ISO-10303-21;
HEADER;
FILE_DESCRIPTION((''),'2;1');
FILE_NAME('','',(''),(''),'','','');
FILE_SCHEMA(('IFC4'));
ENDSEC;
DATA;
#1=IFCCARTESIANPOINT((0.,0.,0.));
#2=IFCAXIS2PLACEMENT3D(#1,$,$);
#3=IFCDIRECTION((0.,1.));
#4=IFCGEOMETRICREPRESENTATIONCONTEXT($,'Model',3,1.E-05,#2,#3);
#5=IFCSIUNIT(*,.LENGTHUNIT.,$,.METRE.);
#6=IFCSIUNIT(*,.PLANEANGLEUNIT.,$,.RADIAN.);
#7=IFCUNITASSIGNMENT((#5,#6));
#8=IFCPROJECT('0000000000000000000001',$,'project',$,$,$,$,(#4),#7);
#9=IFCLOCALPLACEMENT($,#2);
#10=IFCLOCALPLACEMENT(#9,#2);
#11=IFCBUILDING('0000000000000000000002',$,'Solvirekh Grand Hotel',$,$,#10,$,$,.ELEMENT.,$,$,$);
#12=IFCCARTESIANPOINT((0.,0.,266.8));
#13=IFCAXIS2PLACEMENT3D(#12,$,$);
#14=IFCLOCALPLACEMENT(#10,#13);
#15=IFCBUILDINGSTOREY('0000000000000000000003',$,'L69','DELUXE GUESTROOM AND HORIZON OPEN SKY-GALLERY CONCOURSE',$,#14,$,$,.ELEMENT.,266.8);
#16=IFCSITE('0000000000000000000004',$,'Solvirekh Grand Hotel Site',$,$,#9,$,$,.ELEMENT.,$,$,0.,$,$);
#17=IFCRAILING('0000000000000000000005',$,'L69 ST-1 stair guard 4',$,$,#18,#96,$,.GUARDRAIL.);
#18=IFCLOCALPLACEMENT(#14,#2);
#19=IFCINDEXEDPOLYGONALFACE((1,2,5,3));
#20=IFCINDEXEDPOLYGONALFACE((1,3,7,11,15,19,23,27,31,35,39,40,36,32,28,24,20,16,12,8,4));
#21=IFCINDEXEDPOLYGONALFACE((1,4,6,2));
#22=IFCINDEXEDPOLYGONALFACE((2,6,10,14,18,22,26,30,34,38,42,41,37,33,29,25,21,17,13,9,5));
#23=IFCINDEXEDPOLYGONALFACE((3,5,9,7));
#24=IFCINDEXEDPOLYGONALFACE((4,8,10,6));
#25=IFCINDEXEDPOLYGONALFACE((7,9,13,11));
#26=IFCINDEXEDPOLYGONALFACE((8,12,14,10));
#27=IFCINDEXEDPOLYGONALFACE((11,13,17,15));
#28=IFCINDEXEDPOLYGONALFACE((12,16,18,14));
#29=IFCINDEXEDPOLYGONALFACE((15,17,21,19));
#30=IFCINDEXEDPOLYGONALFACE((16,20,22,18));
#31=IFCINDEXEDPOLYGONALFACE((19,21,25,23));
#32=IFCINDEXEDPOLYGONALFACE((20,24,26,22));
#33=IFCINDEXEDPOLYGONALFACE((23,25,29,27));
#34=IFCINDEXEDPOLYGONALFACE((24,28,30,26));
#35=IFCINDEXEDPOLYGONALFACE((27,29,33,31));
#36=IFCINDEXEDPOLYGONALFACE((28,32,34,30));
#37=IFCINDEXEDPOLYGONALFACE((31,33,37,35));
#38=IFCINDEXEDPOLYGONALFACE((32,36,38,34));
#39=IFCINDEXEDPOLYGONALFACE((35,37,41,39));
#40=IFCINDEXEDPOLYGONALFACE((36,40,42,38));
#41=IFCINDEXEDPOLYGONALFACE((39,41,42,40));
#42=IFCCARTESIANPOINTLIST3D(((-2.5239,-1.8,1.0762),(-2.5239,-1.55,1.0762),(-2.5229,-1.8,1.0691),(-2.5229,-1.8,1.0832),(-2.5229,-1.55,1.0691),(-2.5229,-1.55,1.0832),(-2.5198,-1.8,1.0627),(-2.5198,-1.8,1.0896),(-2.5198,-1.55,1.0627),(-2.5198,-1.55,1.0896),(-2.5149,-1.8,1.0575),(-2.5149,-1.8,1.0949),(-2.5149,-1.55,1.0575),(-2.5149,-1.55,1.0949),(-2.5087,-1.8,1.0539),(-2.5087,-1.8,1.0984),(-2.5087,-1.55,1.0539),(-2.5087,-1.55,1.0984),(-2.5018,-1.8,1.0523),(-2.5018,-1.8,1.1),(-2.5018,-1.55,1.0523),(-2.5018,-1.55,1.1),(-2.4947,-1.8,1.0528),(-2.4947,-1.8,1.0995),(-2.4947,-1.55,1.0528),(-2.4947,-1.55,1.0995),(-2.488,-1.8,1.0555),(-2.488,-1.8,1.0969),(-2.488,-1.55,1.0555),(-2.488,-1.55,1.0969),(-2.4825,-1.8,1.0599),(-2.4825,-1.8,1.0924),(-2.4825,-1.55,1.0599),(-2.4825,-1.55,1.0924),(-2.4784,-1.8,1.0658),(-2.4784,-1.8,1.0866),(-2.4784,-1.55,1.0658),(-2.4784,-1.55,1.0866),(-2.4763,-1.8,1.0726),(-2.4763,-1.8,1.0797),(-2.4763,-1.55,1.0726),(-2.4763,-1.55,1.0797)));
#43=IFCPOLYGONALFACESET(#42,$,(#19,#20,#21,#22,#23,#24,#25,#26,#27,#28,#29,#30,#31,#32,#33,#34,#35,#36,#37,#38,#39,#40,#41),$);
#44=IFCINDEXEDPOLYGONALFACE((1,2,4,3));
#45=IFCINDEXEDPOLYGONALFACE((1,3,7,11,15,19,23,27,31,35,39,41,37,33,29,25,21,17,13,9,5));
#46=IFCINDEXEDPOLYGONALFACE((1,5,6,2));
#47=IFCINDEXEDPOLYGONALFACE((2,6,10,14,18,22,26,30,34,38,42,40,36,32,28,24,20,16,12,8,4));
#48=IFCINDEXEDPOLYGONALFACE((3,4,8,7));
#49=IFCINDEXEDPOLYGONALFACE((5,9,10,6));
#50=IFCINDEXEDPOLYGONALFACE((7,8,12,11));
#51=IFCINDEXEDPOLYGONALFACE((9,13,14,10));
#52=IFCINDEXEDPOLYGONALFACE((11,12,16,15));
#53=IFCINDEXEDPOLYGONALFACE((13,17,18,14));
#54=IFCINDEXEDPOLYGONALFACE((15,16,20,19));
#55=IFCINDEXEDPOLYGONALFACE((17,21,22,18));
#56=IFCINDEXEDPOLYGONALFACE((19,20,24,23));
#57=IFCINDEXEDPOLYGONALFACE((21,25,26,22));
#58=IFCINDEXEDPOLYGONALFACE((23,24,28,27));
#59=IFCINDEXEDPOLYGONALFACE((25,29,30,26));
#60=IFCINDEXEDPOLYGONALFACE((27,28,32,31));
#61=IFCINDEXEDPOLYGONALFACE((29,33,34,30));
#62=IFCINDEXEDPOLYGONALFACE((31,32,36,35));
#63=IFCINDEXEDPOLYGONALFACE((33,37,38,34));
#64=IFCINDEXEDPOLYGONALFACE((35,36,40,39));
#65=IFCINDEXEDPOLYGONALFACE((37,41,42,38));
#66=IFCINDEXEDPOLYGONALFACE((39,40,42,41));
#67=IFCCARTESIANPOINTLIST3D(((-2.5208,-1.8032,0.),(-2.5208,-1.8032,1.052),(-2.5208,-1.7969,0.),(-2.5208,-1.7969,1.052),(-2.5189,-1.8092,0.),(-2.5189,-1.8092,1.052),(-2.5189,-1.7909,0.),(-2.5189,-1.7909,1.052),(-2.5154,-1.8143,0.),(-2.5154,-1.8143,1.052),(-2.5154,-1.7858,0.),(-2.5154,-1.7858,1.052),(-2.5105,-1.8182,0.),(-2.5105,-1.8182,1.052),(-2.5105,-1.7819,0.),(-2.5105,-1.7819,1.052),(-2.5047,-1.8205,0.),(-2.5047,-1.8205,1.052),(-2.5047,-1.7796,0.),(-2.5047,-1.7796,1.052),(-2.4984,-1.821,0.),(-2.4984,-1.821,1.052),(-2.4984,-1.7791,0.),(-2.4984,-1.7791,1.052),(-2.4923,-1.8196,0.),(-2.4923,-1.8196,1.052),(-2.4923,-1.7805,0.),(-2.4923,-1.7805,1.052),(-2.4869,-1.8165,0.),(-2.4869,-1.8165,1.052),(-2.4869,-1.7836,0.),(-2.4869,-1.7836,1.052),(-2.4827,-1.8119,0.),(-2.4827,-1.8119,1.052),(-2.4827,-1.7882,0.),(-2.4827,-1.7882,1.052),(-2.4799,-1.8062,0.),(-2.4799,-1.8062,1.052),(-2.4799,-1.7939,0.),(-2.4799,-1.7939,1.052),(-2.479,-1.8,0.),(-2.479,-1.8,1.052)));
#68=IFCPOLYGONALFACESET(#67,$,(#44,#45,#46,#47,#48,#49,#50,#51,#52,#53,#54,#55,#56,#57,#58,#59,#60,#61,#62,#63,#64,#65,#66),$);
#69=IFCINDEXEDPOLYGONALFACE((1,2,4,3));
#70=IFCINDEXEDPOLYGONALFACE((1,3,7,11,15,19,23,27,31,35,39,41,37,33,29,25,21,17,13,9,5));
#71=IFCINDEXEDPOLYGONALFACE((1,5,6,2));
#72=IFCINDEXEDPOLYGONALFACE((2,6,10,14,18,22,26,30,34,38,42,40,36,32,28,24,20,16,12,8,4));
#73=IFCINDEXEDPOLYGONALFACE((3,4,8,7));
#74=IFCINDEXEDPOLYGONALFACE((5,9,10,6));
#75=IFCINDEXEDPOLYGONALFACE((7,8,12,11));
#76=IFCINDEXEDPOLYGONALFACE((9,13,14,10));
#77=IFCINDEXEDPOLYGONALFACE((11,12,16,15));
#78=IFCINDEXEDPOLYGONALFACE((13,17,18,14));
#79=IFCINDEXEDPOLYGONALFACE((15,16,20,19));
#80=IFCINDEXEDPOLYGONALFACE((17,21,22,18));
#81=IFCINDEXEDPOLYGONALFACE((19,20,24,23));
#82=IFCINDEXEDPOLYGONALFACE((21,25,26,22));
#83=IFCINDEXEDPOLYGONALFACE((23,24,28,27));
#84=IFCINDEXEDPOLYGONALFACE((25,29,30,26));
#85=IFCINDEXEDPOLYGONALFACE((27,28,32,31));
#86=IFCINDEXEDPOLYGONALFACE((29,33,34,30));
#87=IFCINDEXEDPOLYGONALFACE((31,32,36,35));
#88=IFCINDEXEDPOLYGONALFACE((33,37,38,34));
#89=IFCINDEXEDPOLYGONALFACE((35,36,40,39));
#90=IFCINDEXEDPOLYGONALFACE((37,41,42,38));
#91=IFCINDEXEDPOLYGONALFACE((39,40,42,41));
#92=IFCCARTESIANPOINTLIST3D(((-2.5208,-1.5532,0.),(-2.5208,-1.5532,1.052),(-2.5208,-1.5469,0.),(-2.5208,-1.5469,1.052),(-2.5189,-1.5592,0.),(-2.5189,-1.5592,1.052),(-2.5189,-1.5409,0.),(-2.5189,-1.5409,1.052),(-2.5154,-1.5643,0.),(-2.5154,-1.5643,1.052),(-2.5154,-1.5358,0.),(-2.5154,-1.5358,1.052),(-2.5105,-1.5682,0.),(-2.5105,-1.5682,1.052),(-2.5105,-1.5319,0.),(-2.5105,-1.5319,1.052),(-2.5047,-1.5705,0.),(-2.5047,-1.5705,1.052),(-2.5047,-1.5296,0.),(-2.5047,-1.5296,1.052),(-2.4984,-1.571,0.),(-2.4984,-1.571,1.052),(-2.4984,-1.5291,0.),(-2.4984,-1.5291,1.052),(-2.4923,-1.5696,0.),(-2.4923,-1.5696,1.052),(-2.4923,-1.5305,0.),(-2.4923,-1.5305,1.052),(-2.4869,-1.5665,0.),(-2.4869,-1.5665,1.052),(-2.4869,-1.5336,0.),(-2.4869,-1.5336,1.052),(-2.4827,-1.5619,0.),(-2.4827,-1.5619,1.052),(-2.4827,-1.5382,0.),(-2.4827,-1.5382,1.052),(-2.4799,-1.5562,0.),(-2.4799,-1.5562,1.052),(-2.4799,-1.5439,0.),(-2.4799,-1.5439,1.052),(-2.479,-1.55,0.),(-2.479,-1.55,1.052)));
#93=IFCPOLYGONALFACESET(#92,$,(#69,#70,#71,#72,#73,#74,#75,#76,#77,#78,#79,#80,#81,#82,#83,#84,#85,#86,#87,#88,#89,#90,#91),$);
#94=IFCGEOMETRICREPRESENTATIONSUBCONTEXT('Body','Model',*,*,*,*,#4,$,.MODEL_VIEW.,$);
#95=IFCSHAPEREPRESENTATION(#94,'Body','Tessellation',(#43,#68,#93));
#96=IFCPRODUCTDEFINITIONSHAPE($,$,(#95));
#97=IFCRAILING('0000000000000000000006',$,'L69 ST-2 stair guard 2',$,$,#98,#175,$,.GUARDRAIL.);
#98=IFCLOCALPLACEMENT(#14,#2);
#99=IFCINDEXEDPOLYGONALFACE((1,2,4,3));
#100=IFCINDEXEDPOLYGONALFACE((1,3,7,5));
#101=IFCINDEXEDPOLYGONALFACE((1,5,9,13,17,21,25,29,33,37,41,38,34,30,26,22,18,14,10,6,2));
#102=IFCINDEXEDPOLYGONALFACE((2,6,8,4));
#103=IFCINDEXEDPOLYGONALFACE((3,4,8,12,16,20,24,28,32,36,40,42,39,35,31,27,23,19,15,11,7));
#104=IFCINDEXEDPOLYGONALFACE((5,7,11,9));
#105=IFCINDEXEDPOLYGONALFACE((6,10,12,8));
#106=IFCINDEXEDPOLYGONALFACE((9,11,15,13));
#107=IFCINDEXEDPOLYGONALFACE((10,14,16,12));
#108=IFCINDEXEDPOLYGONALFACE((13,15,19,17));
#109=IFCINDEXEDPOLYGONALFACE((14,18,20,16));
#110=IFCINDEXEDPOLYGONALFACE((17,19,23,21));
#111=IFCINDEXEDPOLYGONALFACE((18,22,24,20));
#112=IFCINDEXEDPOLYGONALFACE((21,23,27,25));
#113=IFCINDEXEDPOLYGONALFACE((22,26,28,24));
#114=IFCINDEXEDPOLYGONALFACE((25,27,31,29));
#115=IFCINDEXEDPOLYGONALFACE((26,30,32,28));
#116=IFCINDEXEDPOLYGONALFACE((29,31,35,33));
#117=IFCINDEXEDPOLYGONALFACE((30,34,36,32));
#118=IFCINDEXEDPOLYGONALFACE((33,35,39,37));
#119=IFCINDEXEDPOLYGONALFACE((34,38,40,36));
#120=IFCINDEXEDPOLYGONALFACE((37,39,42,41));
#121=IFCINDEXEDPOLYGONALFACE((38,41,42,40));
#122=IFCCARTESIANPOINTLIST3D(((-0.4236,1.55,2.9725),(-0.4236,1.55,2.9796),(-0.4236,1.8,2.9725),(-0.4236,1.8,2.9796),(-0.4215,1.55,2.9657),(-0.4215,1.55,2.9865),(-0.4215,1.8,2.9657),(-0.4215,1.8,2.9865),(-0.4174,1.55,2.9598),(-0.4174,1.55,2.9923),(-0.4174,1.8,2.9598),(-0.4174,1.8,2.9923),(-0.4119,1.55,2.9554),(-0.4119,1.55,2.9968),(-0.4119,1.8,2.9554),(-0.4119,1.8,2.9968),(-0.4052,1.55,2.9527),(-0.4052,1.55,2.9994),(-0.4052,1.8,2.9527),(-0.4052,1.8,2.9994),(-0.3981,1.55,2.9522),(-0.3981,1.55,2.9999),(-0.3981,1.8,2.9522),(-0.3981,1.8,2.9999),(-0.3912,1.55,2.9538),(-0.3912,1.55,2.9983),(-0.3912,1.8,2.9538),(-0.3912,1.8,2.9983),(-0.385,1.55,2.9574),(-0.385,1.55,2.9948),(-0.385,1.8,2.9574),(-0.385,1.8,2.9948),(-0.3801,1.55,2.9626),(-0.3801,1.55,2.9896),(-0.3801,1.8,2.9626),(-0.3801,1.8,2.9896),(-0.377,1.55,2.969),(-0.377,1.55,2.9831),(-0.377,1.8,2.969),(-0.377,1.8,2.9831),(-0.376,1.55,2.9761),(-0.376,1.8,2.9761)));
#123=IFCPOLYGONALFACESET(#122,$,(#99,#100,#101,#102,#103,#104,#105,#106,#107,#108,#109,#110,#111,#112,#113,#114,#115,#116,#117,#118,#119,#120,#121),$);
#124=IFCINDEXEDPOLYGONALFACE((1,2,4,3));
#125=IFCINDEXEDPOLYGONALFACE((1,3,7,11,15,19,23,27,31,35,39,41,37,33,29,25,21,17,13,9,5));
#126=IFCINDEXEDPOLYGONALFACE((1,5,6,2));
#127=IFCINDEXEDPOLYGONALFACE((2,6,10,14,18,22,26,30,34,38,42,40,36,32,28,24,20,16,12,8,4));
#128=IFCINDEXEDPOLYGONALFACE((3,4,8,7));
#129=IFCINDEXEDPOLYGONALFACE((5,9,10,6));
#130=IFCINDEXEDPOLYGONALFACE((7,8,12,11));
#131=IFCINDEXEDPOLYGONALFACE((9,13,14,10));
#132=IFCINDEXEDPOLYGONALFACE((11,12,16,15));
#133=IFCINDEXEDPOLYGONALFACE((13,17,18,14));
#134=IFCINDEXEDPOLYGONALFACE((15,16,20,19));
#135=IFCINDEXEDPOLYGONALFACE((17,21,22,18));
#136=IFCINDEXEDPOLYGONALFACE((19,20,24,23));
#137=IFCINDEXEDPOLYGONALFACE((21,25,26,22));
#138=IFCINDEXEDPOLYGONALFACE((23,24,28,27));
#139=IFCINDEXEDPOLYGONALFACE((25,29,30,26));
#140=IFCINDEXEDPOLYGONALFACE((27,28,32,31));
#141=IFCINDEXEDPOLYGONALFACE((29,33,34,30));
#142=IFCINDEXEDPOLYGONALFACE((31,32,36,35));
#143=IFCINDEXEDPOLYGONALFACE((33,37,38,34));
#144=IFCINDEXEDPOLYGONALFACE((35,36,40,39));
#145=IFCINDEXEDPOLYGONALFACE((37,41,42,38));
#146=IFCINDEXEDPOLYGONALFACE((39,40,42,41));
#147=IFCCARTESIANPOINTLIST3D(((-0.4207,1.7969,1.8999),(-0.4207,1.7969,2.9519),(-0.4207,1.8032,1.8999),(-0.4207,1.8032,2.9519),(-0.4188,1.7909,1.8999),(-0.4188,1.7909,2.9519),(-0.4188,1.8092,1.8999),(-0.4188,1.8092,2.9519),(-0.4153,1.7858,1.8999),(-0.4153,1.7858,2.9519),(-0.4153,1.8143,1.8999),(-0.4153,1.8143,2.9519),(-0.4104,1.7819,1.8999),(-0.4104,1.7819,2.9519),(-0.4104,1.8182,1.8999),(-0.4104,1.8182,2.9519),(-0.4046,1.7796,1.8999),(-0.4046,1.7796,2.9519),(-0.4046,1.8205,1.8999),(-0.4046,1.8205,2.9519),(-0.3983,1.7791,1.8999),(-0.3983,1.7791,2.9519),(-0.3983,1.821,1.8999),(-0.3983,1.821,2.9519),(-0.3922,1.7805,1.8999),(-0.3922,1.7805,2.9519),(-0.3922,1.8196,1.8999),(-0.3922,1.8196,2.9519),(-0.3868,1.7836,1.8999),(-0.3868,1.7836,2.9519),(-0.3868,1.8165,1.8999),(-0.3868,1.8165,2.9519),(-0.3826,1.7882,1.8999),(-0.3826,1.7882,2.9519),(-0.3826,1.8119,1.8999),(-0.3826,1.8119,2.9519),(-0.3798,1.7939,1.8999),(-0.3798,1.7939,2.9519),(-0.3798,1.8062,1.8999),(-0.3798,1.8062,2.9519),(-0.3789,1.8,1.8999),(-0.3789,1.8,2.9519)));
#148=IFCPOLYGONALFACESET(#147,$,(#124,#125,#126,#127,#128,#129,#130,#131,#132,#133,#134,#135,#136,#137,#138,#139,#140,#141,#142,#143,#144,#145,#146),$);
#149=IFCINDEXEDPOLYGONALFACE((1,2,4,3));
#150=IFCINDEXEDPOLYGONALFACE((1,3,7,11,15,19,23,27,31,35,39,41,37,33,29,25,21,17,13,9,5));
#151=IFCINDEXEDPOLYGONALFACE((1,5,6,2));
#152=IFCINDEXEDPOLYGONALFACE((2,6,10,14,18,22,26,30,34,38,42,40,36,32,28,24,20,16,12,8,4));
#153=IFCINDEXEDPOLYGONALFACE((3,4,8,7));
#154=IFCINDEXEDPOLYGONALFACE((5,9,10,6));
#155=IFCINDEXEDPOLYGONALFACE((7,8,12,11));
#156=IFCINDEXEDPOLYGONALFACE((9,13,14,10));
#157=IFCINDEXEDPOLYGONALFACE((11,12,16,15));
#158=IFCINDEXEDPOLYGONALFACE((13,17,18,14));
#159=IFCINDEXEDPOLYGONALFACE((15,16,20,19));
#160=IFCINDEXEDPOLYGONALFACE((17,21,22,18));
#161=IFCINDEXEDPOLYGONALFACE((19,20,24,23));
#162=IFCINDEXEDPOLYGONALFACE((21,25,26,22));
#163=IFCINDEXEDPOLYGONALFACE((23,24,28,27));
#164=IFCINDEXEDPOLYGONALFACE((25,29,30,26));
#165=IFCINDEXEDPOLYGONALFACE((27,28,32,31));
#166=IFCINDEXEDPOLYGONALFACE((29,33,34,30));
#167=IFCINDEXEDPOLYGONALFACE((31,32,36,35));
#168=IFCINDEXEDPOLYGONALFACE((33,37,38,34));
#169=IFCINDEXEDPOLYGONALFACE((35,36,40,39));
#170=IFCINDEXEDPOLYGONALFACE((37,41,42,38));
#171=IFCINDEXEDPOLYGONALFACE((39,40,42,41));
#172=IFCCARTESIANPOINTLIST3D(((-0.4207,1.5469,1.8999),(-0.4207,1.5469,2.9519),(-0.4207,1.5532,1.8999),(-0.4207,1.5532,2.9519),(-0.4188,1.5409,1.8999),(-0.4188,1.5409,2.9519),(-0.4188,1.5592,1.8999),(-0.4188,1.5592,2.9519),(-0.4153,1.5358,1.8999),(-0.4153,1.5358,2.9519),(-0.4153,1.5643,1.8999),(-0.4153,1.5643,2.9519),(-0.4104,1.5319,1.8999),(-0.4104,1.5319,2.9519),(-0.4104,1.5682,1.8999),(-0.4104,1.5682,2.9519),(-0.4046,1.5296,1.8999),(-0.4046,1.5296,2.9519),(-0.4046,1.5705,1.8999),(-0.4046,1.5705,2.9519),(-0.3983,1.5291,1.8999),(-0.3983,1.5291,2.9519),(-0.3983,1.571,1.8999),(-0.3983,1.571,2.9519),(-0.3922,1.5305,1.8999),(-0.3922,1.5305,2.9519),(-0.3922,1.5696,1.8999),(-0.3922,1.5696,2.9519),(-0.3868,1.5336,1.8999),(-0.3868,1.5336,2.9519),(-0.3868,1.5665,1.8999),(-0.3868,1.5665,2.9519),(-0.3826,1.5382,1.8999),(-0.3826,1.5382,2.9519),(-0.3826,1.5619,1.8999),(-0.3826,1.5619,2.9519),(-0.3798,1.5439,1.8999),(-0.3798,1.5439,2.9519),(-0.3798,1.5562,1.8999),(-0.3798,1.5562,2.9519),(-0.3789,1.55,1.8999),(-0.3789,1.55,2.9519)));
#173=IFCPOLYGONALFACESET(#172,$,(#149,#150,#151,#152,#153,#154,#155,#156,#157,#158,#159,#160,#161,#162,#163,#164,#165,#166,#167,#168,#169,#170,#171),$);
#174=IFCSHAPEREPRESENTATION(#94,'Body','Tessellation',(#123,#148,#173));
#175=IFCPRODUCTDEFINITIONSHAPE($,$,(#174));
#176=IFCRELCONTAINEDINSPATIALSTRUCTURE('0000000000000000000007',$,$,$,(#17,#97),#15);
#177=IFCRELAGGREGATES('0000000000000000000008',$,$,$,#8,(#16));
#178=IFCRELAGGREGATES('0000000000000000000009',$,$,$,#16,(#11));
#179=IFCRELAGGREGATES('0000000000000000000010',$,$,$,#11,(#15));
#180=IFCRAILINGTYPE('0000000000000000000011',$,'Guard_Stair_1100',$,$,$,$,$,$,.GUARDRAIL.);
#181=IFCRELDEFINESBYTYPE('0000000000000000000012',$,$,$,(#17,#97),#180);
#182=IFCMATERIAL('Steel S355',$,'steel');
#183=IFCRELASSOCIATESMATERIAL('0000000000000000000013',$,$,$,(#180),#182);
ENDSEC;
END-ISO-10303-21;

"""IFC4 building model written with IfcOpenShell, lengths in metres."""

from ifc_helpers import new_model, si_unit, direction, frame, origin, origin_2d, place, context, subcontext, project, spatial, circle, extrude, material, type_object, element, save


model = new_model("IFC4")

# Units and contexts
model_context = context("Model", 3, precision=1e-05, world=origin(), true_north=direction((0.0, 1.0)))
body_context = subcontext(model_context, "Body", "Model", "MODEL_VIEW")
ifc_project = project(units=[si_unit("LENGTHUNIT", "METRE"), si_unit("PLANEANGLEUNIT", "RADIAN")], contexts=[model_context])

# Site, building, storey
site_placement = place(None, origin())
site = spatial("IfcSite", under=ifc_project, at=site_placement, Name="Solvirekh Grand Hotel Site", CompositionType="ELEMENT", RefElevation=0.0)
building_placement = place(site_placement, origin())
building = spatial("IfcBuilding", under=site, at=building_placement, Name="Solvirekh Grand Hotel", CompositionType="ELEMENT")
storey_placement = place(building_placement, frame((0.0, 0.0, 266.8)))
storey = spatial("IfcBuildingStorey", under=building, at=storey_placement, Name="L69", Description="DELUXE GUESTROOM AND HORIZON OPEN SKY-GALLERY CONCOURSE", CompositionType="ELEMENT", Elevation=266.8)

# Railings
ifc_material_1 = material(Name="Steel S355", Category="steel")
railing_type_1 = type_object("IfcRailingType", Name="Guard_Stair_1100", PredefinedType="GUARDRAIL", material=ifc_material_1)
railing_1_placement = place(storey_placement, frame((-2.5, -1.8, 0.0)))
element("IfcRailing", 1, at=railing_1_placement, inside=storey, type_object=railing_type_1, Name="L69 ST-1 stair guard 4", PredefinedType="GUARDRAIL", context=body_context, shape_type="SweptSolid", body=[
    extrude(circle(Radius=0.0239, at=origin_2d()), frame((0.0, 0.0, 1.0762), z_axis=(0.0, 1.0, 0.0), x_axis=(-1.0, 0.0, 0.0)), (0.0, 0.0, 1.0), 0.25),
    extrude(circle(Radius=0.021, at=origin_2d()), origin(), (0.0, 0.0, 1.0), 1.052),
    extrude(circle(Radius=0.021, at=origin_2d()), frame((0.0, 0.25, 0.0)), (0.0, 0.0, 1.0), 1.052),
])
railing_2_placement = place(storey_placement, frame((-0.3999, 1.8, 1.8999)))
element("IfcRailing", 2, at=railing_2_placement, inside=storey, type_object=railing_type_1, Name="L69 ST-2 stair guard 2", PredefinedType="GUARDRAIL", context=body_context, shape_type="SweptSolid", body=[
    extrude(circle(Radius=0.0239, at=origin_2d()), frame((0.0, 0.0, 1.0762), z_axis=(0.0, -1.0, 0.0), x_axis=(1.0, 0.0, 0.0)), (0.0, 0.0, 1.0), 0.25),
    extrude(circle(Radius=0.021, at=origin_2d()), origin(), (0.0, 0.0, 1.0), 1.052),
    extrude(circle(Radius=0.021, at=origin_2d()), frame((0.0, -0.25, 0.0)), (0.0, 0.0, 1.0), 1.052),
])

save(model, "model.ifc")
